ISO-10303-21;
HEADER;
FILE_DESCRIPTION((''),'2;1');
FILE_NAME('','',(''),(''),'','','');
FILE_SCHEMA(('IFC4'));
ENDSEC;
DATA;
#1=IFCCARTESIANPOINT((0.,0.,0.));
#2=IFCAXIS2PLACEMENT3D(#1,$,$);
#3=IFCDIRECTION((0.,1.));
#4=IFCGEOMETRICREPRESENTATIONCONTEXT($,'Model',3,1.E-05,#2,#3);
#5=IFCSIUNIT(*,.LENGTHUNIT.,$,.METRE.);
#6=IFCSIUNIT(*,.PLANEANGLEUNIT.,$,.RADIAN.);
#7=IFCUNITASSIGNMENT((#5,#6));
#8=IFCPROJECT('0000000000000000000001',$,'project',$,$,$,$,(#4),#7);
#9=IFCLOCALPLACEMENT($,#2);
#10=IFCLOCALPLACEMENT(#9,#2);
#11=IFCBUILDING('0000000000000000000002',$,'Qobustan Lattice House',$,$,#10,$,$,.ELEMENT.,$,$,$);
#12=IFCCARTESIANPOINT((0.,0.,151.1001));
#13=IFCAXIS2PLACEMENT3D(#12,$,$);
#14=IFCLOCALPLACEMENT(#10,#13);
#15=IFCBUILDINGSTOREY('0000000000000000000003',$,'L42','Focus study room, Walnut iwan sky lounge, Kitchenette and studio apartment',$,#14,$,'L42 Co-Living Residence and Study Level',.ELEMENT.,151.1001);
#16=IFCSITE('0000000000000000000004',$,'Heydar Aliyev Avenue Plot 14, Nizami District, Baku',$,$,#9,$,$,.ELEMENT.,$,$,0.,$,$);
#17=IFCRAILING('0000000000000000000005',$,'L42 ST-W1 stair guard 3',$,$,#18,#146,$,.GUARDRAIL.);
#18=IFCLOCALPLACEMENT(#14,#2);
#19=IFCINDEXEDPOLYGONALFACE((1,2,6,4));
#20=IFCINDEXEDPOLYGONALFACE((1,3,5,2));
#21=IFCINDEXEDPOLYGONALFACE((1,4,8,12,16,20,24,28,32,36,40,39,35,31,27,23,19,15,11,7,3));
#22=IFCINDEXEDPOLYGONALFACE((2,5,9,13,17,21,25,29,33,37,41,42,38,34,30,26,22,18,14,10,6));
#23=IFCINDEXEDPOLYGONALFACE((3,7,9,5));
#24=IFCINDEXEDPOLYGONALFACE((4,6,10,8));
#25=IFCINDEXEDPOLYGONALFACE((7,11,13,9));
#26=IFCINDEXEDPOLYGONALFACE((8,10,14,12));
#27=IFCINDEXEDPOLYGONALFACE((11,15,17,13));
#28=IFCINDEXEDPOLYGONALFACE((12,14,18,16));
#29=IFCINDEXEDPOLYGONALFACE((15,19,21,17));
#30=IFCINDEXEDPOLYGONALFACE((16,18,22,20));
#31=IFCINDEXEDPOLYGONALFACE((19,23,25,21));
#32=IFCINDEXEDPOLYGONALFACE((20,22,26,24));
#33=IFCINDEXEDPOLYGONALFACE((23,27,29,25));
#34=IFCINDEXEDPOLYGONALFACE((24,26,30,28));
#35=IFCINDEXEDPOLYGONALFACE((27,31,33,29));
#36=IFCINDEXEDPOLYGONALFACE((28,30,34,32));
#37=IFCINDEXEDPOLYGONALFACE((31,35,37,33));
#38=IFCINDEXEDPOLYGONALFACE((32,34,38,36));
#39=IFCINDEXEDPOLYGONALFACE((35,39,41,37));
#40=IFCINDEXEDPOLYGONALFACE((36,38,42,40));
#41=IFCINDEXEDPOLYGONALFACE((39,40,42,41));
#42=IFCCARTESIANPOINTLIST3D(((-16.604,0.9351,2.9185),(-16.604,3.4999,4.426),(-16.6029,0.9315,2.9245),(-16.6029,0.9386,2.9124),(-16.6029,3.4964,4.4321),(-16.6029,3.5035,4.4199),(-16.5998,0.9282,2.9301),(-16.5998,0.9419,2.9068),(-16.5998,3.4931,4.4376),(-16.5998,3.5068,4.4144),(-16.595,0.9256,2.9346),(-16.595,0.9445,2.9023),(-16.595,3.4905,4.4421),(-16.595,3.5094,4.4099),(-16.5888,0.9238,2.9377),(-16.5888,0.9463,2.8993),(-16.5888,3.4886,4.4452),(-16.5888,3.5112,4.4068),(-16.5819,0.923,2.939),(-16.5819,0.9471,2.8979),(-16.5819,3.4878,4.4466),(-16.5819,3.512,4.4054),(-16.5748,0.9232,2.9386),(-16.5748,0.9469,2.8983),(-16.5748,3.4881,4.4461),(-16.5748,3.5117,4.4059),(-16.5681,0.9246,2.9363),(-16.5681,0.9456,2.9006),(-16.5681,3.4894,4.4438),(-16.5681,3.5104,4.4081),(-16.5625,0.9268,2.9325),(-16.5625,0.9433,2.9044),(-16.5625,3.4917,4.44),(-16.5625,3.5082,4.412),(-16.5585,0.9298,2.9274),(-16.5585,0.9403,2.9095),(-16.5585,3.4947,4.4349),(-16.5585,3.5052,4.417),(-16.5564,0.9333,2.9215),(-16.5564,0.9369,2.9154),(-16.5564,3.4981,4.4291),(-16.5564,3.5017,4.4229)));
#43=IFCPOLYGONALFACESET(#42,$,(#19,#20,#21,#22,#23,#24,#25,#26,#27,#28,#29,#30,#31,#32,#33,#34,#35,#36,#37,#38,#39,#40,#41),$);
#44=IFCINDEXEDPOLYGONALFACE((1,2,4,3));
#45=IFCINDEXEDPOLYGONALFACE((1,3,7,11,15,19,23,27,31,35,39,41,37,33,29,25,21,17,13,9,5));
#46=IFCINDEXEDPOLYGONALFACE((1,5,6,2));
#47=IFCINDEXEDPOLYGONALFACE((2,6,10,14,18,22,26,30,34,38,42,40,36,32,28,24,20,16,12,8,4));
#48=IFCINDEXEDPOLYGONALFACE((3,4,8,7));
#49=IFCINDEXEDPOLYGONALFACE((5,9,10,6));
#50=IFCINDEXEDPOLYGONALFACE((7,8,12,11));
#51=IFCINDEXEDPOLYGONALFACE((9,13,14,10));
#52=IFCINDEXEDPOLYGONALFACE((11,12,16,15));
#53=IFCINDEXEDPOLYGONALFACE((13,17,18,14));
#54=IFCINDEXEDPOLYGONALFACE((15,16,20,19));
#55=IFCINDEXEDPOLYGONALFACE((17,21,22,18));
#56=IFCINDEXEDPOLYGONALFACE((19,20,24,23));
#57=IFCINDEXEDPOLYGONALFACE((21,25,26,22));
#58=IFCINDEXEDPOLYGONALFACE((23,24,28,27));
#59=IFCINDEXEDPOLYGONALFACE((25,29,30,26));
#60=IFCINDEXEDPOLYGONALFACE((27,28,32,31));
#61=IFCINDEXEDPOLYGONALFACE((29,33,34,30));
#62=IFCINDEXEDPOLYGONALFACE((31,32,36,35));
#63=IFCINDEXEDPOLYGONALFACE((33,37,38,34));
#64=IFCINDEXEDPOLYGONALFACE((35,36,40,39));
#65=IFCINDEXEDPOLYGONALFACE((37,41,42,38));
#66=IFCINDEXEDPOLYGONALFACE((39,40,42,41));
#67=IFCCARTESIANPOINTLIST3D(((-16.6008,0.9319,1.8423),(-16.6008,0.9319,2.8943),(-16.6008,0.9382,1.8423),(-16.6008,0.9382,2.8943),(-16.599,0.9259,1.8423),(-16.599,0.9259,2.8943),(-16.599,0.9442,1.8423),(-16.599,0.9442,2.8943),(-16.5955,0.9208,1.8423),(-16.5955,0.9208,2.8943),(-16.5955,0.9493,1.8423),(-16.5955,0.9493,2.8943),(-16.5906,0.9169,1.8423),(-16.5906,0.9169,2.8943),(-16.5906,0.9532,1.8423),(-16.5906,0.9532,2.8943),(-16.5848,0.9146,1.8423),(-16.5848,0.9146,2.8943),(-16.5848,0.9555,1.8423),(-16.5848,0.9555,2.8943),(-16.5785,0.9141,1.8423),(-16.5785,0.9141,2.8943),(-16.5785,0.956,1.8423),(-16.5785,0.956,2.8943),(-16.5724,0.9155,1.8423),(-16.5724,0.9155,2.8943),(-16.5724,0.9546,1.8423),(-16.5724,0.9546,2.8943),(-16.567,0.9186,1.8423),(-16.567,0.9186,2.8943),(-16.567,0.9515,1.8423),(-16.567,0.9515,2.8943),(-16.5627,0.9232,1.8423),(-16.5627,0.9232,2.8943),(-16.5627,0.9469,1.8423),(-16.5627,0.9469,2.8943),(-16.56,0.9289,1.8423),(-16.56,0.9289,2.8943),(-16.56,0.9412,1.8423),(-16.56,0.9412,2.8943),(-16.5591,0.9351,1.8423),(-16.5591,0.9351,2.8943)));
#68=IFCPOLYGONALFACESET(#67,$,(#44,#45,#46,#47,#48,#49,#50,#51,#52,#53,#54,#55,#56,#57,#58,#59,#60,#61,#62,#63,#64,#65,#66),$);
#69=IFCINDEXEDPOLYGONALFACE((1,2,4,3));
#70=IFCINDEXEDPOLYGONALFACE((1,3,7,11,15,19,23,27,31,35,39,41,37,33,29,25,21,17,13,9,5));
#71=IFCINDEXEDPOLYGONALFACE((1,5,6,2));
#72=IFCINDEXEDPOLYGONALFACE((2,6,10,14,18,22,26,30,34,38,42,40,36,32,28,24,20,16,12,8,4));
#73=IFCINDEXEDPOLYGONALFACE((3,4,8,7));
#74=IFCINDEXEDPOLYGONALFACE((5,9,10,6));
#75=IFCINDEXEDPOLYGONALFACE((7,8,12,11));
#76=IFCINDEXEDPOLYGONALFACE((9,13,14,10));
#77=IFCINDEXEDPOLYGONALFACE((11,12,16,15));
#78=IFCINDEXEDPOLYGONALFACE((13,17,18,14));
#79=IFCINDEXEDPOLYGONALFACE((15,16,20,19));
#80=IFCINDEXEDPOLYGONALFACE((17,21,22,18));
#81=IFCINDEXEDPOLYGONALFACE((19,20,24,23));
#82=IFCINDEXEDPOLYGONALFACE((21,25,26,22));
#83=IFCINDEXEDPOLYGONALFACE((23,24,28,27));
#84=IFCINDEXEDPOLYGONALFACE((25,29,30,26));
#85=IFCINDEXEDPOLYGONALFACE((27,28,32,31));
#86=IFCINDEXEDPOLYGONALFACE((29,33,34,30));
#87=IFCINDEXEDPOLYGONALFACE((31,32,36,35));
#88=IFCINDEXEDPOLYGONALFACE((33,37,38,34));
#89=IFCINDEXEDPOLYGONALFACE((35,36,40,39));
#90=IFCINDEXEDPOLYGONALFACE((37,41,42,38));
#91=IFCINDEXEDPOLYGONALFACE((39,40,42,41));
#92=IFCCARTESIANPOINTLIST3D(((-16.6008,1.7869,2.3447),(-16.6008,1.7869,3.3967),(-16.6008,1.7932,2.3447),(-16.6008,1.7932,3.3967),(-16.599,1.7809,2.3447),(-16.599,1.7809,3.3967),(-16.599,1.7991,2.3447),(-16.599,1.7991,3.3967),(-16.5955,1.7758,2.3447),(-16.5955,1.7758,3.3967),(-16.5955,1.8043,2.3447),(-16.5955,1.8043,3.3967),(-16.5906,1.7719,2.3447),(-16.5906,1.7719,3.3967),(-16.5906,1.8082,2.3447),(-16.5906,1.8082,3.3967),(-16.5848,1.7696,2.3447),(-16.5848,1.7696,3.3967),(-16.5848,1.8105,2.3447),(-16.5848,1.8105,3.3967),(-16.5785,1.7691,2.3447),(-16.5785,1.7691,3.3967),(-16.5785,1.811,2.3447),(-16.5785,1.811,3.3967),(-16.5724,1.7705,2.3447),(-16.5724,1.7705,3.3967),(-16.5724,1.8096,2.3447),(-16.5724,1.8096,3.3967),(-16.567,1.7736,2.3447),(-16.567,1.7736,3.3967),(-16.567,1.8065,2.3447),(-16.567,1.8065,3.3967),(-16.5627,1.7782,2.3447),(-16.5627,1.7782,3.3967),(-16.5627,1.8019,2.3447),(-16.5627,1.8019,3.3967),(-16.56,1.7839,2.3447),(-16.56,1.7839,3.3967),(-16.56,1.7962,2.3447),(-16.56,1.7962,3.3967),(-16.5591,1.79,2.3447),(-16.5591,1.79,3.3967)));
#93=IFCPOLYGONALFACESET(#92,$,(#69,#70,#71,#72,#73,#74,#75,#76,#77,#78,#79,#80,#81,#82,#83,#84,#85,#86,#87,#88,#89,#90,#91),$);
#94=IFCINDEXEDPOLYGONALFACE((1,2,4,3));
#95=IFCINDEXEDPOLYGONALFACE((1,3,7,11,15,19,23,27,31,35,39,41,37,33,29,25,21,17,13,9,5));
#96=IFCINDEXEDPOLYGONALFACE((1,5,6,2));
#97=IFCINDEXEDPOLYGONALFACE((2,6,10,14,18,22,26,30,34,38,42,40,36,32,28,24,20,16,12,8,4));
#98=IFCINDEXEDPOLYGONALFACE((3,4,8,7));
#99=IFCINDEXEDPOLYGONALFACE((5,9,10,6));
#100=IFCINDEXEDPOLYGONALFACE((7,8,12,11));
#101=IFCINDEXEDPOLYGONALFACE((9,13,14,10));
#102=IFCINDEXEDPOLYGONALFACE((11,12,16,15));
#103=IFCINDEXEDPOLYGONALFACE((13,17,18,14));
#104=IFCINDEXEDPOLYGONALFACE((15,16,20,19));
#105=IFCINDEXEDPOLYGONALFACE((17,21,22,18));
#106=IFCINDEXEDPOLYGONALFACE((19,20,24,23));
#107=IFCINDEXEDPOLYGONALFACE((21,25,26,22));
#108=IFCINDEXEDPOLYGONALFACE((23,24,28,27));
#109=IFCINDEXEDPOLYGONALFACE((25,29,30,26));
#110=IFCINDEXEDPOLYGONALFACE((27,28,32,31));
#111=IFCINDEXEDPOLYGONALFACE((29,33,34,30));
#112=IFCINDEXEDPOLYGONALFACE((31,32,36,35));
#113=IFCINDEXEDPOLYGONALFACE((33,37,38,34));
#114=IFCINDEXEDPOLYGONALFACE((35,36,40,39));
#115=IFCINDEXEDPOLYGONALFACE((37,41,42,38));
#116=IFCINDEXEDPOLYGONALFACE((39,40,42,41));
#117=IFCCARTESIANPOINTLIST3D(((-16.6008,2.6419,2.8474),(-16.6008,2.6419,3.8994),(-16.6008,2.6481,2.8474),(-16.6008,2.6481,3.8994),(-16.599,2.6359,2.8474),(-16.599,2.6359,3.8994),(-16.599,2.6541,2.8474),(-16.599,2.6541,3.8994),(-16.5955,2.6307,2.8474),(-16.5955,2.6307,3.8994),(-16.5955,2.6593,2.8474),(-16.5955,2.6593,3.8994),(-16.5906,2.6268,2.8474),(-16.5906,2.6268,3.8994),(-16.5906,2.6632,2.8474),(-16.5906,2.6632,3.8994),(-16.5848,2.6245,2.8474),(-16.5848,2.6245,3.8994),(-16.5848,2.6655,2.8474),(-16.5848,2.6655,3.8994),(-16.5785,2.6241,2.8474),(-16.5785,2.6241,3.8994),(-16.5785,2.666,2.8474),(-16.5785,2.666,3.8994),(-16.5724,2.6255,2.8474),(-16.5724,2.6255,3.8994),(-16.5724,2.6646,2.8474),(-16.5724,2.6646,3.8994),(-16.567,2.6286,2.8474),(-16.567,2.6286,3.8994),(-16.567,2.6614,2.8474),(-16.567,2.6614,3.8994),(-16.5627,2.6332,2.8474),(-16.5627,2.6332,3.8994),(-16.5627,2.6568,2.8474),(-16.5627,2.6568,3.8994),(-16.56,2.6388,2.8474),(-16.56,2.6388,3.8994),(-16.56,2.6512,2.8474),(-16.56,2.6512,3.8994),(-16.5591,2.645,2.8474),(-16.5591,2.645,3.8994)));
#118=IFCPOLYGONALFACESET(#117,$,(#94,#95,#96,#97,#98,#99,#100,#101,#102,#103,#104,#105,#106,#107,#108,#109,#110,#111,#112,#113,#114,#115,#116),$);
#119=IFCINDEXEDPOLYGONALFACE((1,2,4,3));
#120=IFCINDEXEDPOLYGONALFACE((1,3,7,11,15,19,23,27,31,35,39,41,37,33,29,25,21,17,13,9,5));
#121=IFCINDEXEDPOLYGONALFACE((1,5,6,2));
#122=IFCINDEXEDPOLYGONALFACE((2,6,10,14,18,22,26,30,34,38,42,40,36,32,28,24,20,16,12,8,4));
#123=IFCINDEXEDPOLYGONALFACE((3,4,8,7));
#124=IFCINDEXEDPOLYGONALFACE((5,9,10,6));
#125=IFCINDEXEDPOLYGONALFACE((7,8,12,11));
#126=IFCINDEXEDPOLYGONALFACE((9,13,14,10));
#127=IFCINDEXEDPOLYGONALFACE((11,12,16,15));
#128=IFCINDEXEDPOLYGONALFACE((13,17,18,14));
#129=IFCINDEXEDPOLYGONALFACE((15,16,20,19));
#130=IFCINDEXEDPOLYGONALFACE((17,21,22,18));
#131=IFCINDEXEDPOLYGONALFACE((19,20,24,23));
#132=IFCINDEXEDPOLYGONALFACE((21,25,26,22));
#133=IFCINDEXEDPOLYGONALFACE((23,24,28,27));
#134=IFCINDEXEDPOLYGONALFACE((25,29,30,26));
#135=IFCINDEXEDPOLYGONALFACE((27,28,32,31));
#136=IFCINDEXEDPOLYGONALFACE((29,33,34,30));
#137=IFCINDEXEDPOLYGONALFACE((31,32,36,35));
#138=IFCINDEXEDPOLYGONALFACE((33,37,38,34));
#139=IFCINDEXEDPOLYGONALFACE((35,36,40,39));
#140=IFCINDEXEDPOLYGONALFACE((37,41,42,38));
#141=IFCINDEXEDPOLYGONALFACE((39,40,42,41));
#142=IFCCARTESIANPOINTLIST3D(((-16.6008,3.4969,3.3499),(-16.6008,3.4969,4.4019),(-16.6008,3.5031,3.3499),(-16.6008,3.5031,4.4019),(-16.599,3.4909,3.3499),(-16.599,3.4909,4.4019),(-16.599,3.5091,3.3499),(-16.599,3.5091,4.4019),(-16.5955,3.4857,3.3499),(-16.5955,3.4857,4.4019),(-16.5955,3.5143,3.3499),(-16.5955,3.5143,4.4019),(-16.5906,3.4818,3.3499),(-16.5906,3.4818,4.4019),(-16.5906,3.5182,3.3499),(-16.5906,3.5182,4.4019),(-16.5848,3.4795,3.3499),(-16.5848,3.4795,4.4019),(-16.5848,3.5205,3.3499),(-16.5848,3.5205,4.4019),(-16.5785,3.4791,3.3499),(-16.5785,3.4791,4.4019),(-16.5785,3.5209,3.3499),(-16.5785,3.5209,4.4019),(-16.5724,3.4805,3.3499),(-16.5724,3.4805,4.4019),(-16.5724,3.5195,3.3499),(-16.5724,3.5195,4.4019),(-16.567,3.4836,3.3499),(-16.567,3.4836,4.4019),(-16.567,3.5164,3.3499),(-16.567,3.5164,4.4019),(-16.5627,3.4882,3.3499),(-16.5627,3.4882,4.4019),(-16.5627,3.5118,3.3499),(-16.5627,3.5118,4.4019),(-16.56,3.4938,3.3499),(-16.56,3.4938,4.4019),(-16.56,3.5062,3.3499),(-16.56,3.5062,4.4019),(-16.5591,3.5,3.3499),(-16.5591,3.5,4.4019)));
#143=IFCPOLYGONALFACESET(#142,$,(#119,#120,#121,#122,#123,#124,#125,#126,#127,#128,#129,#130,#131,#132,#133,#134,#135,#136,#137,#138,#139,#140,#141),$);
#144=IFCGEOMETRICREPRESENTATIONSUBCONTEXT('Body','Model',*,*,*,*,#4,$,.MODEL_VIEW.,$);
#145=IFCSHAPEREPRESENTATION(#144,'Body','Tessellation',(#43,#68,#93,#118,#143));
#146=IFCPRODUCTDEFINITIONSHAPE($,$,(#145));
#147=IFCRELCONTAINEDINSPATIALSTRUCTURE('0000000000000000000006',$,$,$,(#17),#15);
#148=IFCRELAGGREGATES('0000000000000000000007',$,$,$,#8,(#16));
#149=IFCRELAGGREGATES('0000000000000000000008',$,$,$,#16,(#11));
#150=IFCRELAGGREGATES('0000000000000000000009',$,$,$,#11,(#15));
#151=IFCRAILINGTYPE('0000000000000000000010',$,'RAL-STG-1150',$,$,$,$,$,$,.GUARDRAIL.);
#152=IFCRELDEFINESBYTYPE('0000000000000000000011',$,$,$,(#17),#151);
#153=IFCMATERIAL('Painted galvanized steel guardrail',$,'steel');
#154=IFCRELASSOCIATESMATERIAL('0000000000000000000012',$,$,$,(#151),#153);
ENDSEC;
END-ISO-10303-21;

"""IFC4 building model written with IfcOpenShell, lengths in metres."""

from ifc_helpers import new_model, si_unit, direction, frame, origin, origin_2d, place, context, subcontext, project, spatial, circle, extrude, material, type_object, element, save


model = new_model("IFC4")

# Units and contexts
model_context = context("Model", 3, precision=1e-05, world=origin(), true_north=direction((0.0, 1.0)))
body_context = subcontext(model_context, "Body", "Model", "MODEL_VIEW")
ifc_project = project(units=[si_unit("LENGTHUNIT", "METRE"), si_unit("PLANEANGLEUNIT", "RADIAN")], contexts=[model_context])

# Site, building, storey
site_placement = place(None, origin())
site = spatial("IfcSite", under=ifc_project, at=site_placement, Name="Heydar Aliyev Avenue Plot 14, Nizami District, Baku", CompositionType="ELEMENT", RefElevation=0.0)
building_placement = place(site_placement, origin())
building = spatial("IfcBuilding", under=site, at=building_placement, Name="Qobustan Lattice House", CompositionType="ELEMENT")
storey_placement = place(building_placement, frame((0.0, 0.0, 151.1001)))
storey = spatial("IfcBuildingStorey", under=building, at=storey_placement, Name="L42", Description="Focus study room, Walnut iwan sky lounge, Kitchenette and studio apartment", LongName="L42 Co-Living Residence and Study Level", CompositionType="ELEMENT", Elevation=151.1001)

# Railing
ifc_material_1 = material(Name="Painted galvanized steel guardrail", Category="steel")
railing_type_1 = type_object("IfcRailingType", Name="RAL-STG-1150", PredefinedType="GUARDRAIL", material=ifc_material_1)
railing_1_placement = place(storey_placement, frame((-16.5801, 0.9351, 1.8423)))
element("IfcRailing", 1, at=railing_1_placement, inside=storey, type_object=railing_type_1, Name="L42 ST-W1 stair guard 3", PredefinedType="GUARDRAIL", context=body_context, shape_type="SweptSolid", body=[
    extrude(circle(Radius=0.0239, at=origin_2d()), frame((0.0, 0.0, 1.0762), z_axis=(0.0, 0.862113, 0.506715), x_axis=(-1.0, 0.0, 0.0)), (0.0, 0.0, 1.0), 2.9751),
    extrude(circle(Radius=0.021, at=origin_2d()), origin(), (0.0, 0.0, 1.0), 1.052),
    extrude(circle(Radius=0.021, at=origin_2d()), frame((0.0, 0.855, 0.5024)), (0.0, 0.0, 1.0), 1.052),
    extrude(circle(Radius=0.021, at=origin_2d()), frame((0.0, 1.71, 1.0051)), (0.0, 0.0, 1.0), 1.052),
    extrude(circle(Radius=0.021, at=origin_2d()), frame((0.0, 2.5649, 1.5076)), (0.0, 0.0, 1.0), 1.052),
])

save(model, "model.ifc")
